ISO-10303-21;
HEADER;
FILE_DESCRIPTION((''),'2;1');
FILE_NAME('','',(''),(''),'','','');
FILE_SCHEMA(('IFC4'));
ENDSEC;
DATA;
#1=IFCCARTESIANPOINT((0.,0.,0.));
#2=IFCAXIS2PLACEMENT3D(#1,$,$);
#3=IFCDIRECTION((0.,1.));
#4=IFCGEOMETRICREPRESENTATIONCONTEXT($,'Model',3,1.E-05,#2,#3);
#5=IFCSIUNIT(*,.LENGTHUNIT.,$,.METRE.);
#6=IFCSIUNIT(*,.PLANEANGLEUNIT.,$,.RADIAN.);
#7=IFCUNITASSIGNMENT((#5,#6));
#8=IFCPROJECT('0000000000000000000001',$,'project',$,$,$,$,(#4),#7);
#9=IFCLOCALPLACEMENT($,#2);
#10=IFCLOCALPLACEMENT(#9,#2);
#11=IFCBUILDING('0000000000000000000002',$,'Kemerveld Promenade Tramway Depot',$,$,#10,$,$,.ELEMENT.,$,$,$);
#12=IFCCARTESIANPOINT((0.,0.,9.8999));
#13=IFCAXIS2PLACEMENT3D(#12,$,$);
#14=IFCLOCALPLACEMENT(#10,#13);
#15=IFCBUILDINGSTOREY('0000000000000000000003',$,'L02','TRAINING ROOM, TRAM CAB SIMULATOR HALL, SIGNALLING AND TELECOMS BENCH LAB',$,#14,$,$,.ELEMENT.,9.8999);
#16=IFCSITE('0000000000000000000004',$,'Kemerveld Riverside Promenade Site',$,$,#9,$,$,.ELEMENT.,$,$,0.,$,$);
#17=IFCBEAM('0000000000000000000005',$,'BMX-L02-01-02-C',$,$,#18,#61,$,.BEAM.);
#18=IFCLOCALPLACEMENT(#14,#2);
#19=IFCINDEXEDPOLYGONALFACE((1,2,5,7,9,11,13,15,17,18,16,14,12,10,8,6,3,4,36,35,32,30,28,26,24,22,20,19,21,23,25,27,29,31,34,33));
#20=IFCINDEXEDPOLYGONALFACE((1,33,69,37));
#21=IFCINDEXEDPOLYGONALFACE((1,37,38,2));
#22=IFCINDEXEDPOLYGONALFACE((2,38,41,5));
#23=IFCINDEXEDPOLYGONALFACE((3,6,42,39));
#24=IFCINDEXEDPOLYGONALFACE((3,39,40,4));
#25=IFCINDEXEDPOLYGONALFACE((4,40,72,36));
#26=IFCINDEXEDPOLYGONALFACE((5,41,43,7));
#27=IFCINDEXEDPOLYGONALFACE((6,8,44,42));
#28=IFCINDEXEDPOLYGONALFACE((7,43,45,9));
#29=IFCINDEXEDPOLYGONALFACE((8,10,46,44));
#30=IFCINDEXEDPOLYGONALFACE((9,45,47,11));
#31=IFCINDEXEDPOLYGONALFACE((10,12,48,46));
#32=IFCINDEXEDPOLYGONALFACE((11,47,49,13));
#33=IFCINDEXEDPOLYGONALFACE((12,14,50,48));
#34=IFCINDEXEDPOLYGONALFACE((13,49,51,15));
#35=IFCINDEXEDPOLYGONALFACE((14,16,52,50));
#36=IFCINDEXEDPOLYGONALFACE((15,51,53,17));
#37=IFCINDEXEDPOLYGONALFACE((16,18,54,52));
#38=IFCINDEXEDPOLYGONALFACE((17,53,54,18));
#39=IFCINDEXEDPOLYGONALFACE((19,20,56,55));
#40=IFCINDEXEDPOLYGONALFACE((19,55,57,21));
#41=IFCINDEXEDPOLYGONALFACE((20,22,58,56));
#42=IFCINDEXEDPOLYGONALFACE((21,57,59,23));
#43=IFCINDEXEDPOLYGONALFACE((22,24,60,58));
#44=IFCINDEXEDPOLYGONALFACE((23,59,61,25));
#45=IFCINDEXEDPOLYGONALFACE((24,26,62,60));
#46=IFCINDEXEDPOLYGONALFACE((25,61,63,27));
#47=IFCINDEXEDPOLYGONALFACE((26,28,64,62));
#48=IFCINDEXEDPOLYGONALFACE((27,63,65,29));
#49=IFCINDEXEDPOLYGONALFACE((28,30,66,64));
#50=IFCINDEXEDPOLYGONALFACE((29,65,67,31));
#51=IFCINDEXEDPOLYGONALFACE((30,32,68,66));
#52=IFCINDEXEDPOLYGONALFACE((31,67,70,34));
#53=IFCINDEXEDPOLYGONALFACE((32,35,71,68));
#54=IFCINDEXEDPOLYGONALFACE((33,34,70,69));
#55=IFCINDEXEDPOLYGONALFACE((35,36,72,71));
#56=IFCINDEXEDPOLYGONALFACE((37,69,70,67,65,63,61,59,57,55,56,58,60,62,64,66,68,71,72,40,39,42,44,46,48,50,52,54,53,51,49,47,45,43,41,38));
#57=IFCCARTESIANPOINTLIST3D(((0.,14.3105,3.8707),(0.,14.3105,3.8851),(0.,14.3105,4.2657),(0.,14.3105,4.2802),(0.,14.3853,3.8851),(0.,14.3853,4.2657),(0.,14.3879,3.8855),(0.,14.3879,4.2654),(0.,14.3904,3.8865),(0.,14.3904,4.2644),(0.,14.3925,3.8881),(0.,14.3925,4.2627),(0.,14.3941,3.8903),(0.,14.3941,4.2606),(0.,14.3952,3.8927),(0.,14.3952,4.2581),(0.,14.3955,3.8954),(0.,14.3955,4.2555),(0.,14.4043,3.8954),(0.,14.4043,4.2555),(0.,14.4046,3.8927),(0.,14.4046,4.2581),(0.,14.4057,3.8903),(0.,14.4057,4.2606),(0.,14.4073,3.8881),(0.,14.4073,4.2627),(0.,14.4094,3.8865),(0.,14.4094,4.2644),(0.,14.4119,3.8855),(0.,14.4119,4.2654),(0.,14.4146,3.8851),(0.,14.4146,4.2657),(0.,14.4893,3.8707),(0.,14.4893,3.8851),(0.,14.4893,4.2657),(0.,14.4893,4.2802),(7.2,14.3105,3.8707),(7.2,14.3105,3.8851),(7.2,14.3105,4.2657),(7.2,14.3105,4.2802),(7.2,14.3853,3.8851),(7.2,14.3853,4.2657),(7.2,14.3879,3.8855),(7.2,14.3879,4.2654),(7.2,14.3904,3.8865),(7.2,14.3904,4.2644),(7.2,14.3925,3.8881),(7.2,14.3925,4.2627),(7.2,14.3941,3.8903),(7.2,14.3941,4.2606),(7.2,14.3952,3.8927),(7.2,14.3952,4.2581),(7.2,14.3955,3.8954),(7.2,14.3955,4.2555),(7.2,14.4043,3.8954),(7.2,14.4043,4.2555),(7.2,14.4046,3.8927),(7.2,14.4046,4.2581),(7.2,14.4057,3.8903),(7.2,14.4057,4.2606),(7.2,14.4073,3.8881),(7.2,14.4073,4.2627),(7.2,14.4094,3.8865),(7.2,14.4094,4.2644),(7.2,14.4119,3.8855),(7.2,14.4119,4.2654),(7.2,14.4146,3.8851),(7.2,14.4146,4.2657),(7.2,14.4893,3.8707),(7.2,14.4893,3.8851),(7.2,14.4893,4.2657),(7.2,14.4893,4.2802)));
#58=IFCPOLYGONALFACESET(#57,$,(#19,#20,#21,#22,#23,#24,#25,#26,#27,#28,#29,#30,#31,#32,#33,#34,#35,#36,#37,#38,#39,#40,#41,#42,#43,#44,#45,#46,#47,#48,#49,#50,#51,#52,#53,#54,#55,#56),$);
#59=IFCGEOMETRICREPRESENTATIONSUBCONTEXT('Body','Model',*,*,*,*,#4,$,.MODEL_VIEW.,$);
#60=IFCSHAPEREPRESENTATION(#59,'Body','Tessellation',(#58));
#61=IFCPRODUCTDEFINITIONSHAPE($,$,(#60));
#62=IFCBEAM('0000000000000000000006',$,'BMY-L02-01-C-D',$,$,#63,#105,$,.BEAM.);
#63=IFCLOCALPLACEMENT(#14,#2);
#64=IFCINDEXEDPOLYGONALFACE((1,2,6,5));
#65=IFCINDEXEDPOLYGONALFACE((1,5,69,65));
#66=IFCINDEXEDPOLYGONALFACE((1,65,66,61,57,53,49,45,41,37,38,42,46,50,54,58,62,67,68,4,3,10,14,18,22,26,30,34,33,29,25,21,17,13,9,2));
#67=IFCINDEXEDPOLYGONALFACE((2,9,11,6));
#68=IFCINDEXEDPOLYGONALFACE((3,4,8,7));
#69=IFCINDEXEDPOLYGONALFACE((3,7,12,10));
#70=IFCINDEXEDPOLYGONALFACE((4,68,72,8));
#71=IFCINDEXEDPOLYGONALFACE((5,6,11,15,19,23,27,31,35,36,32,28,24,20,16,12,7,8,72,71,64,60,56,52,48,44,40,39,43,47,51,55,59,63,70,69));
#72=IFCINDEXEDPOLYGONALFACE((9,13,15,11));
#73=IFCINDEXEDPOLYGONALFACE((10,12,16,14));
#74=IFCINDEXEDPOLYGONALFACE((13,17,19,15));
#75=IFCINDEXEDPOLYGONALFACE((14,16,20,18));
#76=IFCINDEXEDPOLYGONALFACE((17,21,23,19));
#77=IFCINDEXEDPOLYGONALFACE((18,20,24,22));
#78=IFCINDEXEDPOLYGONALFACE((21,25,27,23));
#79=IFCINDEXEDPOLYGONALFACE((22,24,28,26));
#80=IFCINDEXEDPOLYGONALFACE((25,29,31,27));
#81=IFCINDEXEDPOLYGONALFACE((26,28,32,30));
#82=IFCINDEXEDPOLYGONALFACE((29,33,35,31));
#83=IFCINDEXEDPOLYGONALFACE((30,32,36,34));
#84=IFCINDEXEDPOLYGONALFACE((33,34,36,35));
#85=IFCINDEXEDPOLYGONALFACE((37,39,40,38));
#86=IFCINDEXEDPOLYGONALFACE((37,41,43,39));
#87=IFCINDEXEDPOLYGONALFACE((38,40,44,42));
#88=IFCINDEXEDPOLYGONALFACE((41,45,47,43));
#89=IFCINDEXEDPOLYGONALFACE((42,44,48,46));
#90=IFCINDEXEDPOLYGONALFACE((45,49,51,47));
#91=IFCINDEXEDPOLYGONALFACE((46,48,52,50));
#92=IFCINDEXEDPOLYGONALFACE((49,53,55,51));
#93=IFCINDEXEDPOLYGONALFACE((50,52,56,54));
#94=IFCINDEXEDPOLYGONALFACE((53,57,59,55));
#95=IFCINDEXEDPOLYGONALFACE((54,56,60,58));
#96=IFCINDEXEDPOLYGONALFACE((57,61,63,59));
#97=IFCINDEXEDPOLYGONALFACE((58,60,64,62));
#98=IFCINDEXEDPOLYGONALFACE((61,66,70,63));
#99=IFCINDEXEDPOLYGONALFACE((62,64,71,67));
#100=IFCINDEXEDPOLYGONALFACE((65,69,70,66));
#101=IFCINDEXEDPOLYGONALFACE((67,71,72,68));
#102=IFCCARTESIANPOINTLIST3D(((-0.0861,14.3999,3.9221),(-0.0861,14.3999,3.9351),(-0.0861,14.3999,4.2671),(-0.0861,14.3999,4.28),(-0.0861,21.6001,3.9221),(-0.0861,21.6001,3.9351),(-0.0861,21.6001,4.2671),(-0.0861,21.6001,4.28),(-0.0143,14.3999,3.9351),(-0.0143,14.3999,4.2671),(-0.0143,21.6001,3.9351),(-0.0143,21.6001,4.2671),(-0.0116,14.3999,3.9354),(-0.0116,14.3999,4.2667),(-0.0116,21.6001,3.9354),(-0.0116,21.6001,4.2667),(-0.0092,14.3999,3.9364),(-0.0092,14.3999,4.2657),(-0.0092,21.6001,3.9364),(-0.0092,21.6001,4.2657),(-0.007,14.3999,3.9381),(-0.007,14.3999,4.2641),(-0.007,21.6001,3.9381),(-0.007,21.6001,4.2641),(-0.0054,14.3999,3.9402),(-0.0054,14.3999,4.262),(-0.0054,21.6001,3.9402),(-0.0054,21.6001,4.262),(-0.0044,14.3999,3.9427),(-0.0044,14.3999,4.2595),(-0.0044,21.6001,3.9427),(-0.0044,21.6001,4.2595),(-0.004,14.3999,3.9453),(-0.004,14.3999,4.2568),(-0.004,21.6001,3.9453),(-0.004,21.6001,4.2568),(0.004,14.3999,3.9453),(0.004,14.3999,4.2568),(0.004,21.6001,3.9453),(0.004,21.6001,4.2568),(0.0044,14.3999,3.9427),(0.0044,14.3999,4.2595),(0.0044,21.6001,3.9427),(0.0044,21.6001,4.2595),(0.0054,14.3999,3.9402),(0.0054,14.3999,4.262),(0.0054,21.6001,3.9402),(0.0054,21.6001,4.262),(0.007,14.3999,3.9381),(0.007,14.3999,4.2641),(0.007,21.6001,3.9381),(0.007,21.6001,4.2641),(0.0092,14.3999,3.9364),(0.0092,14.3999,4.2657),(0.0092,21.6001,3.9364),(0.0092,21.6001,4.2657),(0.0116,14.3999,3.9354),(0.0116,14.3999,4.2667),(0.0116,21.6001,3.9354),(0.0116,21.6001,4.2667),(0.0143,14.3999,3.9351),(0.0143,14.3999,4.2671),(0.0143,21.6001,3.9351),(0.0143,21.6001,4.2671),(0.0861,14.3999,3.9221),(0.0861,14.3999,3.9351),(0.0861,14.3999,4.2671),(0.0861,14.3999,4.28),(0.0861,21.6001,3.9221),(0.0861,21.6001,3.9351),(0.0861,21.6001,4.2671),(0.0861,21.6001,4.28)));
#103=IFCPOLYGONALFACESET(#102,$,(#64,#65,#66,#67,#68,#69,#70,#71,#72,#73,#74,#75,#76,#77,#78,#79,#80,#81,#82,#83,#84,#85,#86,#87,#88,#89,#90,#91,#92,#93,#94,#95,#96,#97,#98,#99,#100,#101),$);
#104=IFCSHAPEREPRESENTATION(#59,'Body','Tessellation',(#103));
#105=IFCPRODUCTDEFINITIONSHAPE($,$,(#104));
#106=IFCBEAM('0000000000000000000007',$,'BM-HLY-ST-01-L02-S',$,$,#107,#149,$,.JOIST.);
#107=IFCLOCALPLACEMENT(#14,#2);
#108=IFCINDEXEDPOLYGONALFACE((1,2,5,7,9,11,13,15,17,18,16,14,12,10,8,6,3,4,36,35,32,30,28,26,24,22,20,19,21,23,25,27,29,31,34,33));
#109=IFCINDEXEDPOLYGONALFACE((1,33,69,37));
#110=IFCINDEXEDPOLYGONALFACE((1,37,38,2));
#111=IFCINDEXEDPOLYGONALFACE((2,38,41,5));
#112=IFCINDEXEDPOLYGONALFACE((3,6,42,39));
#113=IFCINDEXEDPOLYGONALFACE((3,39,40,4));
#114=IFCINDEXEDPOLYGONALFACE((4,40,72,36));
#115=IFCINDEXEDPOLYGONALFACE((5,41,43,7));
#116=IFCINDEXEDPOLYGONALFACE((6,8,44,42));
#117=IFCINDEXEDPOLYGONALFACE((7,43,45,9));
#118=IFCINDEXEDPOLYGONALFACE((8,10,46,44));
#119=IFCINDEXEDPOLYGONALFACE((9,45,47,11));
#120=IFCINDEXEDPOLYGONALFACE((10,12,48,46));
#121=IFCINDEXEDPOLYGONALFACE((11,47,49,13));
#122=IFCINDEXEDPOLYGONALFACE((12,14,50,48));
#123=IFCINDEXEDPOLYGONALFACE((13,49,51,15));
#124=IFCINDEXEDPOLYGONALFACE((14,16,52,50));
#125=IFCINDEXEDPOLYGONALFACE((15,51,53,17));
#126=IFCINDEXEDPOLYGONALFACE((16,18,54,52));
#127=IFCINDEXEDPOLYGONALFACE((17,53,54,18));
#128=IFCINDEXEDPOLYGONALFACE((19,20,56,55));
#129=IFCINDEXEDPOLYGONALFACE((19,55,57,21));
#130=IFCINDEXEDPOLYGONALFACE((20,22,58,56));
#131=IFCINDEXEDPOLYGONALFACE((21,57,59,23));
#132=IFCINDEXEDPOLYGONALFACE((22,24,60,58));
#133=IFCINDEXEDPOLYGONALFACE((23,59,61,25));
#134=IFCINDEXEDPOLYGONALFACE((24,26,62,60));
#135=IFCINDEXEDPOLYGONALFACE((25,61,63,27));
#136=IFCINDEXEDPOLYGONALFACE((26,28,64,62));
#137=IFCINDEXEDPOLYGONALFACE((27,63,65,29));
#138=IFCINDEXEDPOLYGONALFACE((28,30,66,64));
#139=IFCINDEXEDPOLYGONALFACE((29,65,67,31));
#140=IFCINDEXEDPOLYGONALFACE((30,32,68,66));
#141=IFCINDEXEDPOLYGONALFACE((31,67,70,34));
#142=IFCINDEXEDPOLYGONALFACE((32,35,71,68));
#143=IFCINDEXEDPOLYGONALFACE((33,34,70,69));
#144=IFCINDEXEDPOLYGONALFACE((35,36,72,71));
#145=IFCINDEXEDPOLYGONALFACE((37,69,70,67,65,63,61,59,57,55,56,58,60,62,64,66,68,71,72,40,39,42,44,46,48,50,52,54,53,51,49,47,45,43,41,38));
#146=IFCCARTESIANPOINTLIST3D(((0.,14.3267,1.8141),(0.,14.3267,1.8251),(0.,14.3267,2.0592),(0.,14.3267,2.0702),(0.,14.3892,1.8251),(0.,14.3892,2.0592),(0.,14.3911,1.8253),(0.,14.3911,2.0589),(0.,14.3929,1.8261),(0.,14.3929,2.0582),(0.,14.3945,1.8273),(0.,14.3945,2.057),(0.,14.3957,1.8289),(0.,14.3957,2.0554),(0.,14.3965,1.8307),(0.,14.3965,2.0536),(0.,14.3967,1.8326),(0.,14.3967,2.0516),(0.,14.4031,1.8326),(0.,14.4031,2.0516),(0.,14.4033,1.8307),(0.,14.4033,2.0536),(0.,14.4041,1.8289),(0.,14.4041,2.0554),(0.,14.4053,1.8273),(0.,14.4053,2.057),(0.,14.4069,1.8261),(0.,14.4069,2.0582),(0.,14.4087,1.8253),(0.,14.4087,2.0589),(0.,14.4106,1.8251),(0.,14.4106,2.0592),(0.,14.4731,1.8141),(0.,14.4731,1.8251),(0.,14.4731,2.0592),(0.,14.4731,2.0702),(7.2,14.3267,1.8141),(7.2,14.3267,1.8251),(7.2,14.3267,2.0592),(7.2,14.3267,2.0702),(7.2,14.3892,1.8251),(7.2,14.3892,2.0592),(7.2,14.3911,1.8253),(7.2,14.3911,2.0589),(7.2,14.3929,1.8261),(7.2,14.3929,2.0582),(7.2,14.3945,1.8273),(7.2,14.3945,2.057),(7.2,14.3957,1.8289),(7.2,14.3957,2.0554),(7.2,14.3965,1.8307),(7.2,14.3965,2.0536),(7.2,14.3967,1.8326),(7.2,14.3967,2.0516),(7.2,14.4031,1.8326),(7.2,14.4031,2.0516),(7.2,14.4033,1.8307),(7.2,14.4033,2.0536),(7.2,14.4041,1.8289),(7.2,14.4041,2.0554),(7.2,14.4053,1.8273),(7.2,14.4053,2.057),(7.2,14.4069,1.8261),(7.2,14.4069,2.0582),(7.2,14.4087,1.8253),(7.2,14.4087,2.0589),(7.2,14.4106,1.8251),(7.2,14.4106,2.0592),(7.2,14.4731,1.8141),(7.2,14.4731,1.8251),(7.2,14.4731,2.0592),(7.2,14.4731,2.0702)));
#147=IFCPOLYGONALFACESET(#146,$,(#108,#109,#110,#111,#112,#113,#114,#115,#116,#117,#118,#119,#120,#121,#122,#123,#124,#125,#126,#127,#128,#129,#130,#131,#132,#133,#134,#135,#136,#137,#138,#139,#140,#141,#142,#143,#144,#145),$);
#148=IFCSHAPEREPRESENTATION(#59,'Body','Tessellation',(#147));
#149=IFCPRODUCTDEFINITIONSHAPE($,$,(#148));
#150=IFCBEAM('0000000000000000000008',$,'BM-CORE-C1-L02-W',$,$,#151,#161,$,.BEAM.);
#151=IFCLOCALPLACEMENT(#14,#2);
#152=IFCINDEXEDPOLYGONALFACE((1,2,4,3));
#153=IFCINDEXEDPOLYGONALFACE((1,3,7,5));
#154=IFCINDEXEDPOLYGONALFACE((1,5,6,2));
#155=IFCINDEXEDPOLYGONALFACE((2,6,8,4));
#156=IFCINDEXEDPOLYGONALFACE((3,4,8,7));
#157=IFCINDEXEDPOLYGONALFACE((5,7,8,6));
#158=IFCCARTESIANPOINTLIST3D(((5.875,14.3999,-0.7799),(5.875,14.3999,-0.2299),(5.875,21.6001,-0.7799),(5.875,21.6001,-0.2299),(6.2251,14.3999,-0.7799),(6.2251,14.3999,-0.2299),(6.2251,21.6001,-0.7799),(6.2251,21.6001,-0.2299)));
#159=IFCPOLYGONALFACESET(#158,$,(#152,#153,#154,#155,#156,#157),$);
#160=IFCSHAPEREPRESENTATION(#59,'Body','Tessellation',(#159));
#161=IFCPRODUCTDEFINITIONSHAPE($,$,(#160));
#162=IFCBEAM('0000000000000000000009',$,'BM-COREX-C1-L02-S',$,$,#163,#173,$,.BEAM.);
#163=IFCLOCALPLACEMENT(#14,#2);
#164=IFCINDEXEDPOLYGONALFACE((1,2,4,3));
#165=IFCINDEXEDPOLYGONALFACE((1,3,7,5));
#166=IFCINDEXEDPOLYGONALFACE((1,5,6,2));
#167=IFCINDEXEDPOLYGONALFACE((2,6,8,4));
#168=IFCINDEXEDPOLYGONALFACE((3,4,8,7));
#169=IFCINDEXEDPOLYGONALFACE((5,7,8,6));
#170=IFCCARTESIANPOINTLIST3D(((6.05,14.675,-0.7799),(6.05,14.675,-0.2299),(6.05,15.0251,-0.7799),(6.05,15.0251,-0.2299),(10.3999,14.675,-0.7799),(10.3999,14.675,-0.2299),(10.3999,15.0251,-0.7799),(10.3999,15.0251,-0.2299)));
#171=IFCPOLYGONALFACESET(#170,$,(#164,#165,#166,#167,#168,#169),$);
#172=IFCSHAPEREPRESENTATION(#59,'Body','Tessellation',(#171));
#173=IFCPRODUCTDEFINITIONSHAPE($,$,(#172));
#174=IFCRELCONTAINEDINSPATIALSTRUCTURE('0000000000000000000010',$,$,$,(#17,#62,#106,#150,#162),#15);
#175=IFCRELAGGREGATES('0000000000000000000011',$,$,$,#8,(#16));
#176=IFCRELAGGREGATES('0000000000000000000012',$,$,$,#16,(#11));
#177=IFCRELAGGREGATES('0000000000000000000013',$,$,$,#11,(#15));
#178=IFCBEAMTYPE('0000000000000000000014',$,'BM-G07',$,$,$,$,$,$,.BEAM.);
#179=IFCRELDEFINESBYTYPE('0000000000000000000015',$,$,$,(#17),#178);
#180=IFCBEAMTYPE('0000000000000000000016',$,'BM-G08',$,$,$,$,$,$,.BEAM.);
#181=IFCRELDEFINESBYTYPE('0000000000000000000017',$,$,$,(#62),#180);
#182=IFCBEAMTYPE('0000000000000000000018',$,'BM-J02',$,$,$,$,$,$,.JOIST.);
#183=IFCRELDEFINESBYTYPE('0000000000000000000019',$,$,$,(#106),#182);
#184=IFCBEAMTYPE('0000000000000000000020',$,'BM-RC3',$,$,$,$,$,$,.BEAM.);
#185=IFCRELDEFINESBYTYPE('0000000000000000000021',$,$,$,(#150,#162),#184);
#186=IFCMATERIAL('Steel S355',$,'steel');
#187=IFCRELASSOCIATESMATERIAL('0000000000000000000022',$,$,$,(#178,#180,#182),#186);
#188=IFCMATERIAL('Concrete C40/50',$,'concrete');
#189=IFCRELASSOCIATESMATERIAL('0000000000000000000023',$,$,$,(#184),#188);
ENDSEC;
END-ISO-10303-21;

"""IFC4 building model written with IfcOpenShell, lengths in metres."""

from ifc_helpers import new_model, si_unit, direction, frame, origin, origin_2d, place, context, subcontext, project, spatial, rectangle, i_section, extrude, material, material_profile, profile_set, type_object, element, save


model = new_model("IFC4")

# Units and contexts
model_context = context("Model", 3, precision=1e-05, world=origin(), true_north=direction((0.0, 1.0)))
body_context = subcontext(model_context, "Body", "Model", "MODEL_VIEW")
ifc_project = project(units=[si_unit("LENGTHUNIT", "METRE"), si_unit("PLANEANGLEUNIT", "RADIAN")], contexts=[model_context])

# Site, building, storey
site_placement = place(None, origin())
site = spatial("IfcSite", under=ifc_project, at=site_placement, Name="Kemerveld Riverside Promenade Site", CompositionType="ELEMENT", RefElevation=0.0)
building_placement = place(site_placement, origin())
building = spatial("IfcBuilding", under=site, at=building_placement, Name="Kemerveld Promenade Tramway Depot", CompositionType="ELEMENT")
storey_placement = place(building_placement, frame((0.0, 0.0, 9.8999)))
storey = spatial("IfcBuildingStorey", under=building, at=storey_placement, Name="L02", Description="TRAINING ROOM, TRAM CAB SIMULATOR HALL, SIGNALLING AND TELECOMS BENCH LAB", CompositionType="ELEMENT", Elevation=9.8999)

# Shared definitions
ifc_material_1 = material(Name="Steel S355", Category="steel")

# Beams
ifc_material_profile_1 = material_profile(ifc_material_1, i_section(OverallWidth=0.1787, OverallDepth=0.4094, WebThickness=0.0088, FlangeThickness=0.0144, FilletRadius=0.0103, at=origin_2d()), Name="406x178x67 UB")
ifc_profile_set_1 = profile_set([ifc_material_profile_1], Name="Steel S355")
beam_type_1 = type_object("IfcBeamType", Name="BM-G07", PredefinedType="BEAM", material=ifc_profile_set_1)
beam_1_placement = place(storey_placement, frame((0.0, 14.3999, 4.0754), z_axis=(1.0, 0.0, 0.0), x_axis=(0.0, 1.0, 0.0)))
element("IfcBeam", 1, at=beam_1_placement, inside=storey, type_object=beam_type_1, Name="BMX-L02-01-02-C", PredefinedType="BEAM", context=body_context, shape_type="SweptSolid", body=[
    extrude(i_section(OverallWidth=0.1787, OverallDepth=0.4094, WebThickness=0.0088, FlangeThickness=0.0144, FilletRadius=0.0103, at=origin_2d()), origin(), (0.0, 0.0, 1.0), 7.2),
])
ifc_material_profile_2 = material_profile(ifc_material_1, i_section(OverallWidth=0.1721, OverallDepth=0.3579, WebThickness=0.0081, FlangeThickness=0.0129, FilletRadius=0.0103, at=origin_2d()), Name="356x171x57 UB")
ifc_profile_set_2 = profile_set([ifc_material_profile_2], Name="Steel S355")
beam_type_2 = type_object("IfcBeamType", Name="BM-G08", PredefinedType="BEAM", material=ifc_profile_set_2)
beam_2_placement = place(storey_placement, frame((0.0, 14.3999, 4.1011), z_axis=(0.0, 1.0, 0.0), x_axis=(-1.0, 0.0, 0.0)))
element("IfcBeam", 2, at=beam_2_placement, inside=storey, type_object=beam_type_2, Name="BMY-L02-01-C-D", PredefinedType="BEAM", context=body_context, shape_type="SweptSolid", body=[
    extrude(i_section(OverallWidth=0.1721, OverallDepth=0.3579, WebThickness=0.0081, FlangeThickness=0.0129, FilletRadius=0.0103, at=origin_2d()), origin(), (0.0, 0.0, 1.0), 7.2002),
])
ifc_material_profile_3 = material_profile(ifc_material_1, i_section(OverallWidth=0.1465, OverallDepth=0.2561, WebThickness=0.0063, FlangeThickness=0.011, FilletRadius=0.0076, at=origin_2d()), Name="254x146x37 UB")
ifc_profile_set_3 = profile_set([ifc_material_profile_3], Name="Steel S355")
beam_type_3 = type_object("IfcBeamType", Name="BM-J02", PredefinedType="JOIST", material=ifc_profile_set_3)
beam_3_placement = place(storey_placement, frame((0.0, 14.3999, 1.9421), z_axis=(1.0, 0.0, 0.0), x_axis=(0.0, 1.0, 0.0)))
element("IfcBeam", 3, at=beam_3_placement, inside=storey, type_object=beam_type_3, Name="BM-HLY-ST-01-L02-S", PredefinedType="JOIST", context=body_context, shape_type="SweptSolid", body=[
    extrude(i_section(OverallWidth=0.1465, OverallDepth=0.2561, WebThickness=0.0063, FlangeThickness=0.011, FilletRadius=0.0076, at=origin_2d()), origin(), (0.0, 0.0, 1.0), 7.2),
])
ifc_material_2 = material(Name="Concrete C40/50", Category="concrete")
ifc_material_profile_4 = material_profile(ifc_material_2, rectangle(XDim=0.3501, YDim=0.55, at=origin_2d()), Name="RC-BM-350x550")
ifc_profile_set_4 = profile_set([ifc_material_profile_4], Name="Concrete C40/50")
beam_type_4 = type_object("IfcBeamType", Name="BM-RC3", PredefinedType="BEAM", material=ifc_profile_set_4)
beam_4_placement = place(storey_placement, frame((6.05, 14.3999, -0.5049), z_axis=(0.0, 1.0, 0.0), x_axis=(-1.0, 0.0, 0.0)))
element("IfcBeam", 4, at=beam_4_placement, inside=storey, type_object=beam_type_4, Name="BM-CORE-C1-L02-W", PredefinedType="BEAM", context=body_context, shape_type="SweptSolid", body=[
    extrude(rectangle(XDim=0.3501, YDim=0.55, at=origin_2d()), origin(), (0.0, 0.0, 1.0), 7.2002),
])
beam_5_placement = place(storey_placement, frame((6.05, 14.8501, -0.5049), z_axis=(1.0, 0.0, 0.0), x_axis=(0.0, 1.0, 0.0)))
element("IfcBeam", 5, at=beam_5_placement, inside=storey, type_object=beam_type_4, Name="BM-COREX-C1-L02-S", PredefinedType="BEAM", context=body_context, shape_type="SweptSolid", body=[
    extrude(rectangle(XDim=0.3501, YDim=0.55, at=origin_2d()), origin(), (0.0, 0.0, 1.0), 4.3499),
])

save(model, "model.ifc")
